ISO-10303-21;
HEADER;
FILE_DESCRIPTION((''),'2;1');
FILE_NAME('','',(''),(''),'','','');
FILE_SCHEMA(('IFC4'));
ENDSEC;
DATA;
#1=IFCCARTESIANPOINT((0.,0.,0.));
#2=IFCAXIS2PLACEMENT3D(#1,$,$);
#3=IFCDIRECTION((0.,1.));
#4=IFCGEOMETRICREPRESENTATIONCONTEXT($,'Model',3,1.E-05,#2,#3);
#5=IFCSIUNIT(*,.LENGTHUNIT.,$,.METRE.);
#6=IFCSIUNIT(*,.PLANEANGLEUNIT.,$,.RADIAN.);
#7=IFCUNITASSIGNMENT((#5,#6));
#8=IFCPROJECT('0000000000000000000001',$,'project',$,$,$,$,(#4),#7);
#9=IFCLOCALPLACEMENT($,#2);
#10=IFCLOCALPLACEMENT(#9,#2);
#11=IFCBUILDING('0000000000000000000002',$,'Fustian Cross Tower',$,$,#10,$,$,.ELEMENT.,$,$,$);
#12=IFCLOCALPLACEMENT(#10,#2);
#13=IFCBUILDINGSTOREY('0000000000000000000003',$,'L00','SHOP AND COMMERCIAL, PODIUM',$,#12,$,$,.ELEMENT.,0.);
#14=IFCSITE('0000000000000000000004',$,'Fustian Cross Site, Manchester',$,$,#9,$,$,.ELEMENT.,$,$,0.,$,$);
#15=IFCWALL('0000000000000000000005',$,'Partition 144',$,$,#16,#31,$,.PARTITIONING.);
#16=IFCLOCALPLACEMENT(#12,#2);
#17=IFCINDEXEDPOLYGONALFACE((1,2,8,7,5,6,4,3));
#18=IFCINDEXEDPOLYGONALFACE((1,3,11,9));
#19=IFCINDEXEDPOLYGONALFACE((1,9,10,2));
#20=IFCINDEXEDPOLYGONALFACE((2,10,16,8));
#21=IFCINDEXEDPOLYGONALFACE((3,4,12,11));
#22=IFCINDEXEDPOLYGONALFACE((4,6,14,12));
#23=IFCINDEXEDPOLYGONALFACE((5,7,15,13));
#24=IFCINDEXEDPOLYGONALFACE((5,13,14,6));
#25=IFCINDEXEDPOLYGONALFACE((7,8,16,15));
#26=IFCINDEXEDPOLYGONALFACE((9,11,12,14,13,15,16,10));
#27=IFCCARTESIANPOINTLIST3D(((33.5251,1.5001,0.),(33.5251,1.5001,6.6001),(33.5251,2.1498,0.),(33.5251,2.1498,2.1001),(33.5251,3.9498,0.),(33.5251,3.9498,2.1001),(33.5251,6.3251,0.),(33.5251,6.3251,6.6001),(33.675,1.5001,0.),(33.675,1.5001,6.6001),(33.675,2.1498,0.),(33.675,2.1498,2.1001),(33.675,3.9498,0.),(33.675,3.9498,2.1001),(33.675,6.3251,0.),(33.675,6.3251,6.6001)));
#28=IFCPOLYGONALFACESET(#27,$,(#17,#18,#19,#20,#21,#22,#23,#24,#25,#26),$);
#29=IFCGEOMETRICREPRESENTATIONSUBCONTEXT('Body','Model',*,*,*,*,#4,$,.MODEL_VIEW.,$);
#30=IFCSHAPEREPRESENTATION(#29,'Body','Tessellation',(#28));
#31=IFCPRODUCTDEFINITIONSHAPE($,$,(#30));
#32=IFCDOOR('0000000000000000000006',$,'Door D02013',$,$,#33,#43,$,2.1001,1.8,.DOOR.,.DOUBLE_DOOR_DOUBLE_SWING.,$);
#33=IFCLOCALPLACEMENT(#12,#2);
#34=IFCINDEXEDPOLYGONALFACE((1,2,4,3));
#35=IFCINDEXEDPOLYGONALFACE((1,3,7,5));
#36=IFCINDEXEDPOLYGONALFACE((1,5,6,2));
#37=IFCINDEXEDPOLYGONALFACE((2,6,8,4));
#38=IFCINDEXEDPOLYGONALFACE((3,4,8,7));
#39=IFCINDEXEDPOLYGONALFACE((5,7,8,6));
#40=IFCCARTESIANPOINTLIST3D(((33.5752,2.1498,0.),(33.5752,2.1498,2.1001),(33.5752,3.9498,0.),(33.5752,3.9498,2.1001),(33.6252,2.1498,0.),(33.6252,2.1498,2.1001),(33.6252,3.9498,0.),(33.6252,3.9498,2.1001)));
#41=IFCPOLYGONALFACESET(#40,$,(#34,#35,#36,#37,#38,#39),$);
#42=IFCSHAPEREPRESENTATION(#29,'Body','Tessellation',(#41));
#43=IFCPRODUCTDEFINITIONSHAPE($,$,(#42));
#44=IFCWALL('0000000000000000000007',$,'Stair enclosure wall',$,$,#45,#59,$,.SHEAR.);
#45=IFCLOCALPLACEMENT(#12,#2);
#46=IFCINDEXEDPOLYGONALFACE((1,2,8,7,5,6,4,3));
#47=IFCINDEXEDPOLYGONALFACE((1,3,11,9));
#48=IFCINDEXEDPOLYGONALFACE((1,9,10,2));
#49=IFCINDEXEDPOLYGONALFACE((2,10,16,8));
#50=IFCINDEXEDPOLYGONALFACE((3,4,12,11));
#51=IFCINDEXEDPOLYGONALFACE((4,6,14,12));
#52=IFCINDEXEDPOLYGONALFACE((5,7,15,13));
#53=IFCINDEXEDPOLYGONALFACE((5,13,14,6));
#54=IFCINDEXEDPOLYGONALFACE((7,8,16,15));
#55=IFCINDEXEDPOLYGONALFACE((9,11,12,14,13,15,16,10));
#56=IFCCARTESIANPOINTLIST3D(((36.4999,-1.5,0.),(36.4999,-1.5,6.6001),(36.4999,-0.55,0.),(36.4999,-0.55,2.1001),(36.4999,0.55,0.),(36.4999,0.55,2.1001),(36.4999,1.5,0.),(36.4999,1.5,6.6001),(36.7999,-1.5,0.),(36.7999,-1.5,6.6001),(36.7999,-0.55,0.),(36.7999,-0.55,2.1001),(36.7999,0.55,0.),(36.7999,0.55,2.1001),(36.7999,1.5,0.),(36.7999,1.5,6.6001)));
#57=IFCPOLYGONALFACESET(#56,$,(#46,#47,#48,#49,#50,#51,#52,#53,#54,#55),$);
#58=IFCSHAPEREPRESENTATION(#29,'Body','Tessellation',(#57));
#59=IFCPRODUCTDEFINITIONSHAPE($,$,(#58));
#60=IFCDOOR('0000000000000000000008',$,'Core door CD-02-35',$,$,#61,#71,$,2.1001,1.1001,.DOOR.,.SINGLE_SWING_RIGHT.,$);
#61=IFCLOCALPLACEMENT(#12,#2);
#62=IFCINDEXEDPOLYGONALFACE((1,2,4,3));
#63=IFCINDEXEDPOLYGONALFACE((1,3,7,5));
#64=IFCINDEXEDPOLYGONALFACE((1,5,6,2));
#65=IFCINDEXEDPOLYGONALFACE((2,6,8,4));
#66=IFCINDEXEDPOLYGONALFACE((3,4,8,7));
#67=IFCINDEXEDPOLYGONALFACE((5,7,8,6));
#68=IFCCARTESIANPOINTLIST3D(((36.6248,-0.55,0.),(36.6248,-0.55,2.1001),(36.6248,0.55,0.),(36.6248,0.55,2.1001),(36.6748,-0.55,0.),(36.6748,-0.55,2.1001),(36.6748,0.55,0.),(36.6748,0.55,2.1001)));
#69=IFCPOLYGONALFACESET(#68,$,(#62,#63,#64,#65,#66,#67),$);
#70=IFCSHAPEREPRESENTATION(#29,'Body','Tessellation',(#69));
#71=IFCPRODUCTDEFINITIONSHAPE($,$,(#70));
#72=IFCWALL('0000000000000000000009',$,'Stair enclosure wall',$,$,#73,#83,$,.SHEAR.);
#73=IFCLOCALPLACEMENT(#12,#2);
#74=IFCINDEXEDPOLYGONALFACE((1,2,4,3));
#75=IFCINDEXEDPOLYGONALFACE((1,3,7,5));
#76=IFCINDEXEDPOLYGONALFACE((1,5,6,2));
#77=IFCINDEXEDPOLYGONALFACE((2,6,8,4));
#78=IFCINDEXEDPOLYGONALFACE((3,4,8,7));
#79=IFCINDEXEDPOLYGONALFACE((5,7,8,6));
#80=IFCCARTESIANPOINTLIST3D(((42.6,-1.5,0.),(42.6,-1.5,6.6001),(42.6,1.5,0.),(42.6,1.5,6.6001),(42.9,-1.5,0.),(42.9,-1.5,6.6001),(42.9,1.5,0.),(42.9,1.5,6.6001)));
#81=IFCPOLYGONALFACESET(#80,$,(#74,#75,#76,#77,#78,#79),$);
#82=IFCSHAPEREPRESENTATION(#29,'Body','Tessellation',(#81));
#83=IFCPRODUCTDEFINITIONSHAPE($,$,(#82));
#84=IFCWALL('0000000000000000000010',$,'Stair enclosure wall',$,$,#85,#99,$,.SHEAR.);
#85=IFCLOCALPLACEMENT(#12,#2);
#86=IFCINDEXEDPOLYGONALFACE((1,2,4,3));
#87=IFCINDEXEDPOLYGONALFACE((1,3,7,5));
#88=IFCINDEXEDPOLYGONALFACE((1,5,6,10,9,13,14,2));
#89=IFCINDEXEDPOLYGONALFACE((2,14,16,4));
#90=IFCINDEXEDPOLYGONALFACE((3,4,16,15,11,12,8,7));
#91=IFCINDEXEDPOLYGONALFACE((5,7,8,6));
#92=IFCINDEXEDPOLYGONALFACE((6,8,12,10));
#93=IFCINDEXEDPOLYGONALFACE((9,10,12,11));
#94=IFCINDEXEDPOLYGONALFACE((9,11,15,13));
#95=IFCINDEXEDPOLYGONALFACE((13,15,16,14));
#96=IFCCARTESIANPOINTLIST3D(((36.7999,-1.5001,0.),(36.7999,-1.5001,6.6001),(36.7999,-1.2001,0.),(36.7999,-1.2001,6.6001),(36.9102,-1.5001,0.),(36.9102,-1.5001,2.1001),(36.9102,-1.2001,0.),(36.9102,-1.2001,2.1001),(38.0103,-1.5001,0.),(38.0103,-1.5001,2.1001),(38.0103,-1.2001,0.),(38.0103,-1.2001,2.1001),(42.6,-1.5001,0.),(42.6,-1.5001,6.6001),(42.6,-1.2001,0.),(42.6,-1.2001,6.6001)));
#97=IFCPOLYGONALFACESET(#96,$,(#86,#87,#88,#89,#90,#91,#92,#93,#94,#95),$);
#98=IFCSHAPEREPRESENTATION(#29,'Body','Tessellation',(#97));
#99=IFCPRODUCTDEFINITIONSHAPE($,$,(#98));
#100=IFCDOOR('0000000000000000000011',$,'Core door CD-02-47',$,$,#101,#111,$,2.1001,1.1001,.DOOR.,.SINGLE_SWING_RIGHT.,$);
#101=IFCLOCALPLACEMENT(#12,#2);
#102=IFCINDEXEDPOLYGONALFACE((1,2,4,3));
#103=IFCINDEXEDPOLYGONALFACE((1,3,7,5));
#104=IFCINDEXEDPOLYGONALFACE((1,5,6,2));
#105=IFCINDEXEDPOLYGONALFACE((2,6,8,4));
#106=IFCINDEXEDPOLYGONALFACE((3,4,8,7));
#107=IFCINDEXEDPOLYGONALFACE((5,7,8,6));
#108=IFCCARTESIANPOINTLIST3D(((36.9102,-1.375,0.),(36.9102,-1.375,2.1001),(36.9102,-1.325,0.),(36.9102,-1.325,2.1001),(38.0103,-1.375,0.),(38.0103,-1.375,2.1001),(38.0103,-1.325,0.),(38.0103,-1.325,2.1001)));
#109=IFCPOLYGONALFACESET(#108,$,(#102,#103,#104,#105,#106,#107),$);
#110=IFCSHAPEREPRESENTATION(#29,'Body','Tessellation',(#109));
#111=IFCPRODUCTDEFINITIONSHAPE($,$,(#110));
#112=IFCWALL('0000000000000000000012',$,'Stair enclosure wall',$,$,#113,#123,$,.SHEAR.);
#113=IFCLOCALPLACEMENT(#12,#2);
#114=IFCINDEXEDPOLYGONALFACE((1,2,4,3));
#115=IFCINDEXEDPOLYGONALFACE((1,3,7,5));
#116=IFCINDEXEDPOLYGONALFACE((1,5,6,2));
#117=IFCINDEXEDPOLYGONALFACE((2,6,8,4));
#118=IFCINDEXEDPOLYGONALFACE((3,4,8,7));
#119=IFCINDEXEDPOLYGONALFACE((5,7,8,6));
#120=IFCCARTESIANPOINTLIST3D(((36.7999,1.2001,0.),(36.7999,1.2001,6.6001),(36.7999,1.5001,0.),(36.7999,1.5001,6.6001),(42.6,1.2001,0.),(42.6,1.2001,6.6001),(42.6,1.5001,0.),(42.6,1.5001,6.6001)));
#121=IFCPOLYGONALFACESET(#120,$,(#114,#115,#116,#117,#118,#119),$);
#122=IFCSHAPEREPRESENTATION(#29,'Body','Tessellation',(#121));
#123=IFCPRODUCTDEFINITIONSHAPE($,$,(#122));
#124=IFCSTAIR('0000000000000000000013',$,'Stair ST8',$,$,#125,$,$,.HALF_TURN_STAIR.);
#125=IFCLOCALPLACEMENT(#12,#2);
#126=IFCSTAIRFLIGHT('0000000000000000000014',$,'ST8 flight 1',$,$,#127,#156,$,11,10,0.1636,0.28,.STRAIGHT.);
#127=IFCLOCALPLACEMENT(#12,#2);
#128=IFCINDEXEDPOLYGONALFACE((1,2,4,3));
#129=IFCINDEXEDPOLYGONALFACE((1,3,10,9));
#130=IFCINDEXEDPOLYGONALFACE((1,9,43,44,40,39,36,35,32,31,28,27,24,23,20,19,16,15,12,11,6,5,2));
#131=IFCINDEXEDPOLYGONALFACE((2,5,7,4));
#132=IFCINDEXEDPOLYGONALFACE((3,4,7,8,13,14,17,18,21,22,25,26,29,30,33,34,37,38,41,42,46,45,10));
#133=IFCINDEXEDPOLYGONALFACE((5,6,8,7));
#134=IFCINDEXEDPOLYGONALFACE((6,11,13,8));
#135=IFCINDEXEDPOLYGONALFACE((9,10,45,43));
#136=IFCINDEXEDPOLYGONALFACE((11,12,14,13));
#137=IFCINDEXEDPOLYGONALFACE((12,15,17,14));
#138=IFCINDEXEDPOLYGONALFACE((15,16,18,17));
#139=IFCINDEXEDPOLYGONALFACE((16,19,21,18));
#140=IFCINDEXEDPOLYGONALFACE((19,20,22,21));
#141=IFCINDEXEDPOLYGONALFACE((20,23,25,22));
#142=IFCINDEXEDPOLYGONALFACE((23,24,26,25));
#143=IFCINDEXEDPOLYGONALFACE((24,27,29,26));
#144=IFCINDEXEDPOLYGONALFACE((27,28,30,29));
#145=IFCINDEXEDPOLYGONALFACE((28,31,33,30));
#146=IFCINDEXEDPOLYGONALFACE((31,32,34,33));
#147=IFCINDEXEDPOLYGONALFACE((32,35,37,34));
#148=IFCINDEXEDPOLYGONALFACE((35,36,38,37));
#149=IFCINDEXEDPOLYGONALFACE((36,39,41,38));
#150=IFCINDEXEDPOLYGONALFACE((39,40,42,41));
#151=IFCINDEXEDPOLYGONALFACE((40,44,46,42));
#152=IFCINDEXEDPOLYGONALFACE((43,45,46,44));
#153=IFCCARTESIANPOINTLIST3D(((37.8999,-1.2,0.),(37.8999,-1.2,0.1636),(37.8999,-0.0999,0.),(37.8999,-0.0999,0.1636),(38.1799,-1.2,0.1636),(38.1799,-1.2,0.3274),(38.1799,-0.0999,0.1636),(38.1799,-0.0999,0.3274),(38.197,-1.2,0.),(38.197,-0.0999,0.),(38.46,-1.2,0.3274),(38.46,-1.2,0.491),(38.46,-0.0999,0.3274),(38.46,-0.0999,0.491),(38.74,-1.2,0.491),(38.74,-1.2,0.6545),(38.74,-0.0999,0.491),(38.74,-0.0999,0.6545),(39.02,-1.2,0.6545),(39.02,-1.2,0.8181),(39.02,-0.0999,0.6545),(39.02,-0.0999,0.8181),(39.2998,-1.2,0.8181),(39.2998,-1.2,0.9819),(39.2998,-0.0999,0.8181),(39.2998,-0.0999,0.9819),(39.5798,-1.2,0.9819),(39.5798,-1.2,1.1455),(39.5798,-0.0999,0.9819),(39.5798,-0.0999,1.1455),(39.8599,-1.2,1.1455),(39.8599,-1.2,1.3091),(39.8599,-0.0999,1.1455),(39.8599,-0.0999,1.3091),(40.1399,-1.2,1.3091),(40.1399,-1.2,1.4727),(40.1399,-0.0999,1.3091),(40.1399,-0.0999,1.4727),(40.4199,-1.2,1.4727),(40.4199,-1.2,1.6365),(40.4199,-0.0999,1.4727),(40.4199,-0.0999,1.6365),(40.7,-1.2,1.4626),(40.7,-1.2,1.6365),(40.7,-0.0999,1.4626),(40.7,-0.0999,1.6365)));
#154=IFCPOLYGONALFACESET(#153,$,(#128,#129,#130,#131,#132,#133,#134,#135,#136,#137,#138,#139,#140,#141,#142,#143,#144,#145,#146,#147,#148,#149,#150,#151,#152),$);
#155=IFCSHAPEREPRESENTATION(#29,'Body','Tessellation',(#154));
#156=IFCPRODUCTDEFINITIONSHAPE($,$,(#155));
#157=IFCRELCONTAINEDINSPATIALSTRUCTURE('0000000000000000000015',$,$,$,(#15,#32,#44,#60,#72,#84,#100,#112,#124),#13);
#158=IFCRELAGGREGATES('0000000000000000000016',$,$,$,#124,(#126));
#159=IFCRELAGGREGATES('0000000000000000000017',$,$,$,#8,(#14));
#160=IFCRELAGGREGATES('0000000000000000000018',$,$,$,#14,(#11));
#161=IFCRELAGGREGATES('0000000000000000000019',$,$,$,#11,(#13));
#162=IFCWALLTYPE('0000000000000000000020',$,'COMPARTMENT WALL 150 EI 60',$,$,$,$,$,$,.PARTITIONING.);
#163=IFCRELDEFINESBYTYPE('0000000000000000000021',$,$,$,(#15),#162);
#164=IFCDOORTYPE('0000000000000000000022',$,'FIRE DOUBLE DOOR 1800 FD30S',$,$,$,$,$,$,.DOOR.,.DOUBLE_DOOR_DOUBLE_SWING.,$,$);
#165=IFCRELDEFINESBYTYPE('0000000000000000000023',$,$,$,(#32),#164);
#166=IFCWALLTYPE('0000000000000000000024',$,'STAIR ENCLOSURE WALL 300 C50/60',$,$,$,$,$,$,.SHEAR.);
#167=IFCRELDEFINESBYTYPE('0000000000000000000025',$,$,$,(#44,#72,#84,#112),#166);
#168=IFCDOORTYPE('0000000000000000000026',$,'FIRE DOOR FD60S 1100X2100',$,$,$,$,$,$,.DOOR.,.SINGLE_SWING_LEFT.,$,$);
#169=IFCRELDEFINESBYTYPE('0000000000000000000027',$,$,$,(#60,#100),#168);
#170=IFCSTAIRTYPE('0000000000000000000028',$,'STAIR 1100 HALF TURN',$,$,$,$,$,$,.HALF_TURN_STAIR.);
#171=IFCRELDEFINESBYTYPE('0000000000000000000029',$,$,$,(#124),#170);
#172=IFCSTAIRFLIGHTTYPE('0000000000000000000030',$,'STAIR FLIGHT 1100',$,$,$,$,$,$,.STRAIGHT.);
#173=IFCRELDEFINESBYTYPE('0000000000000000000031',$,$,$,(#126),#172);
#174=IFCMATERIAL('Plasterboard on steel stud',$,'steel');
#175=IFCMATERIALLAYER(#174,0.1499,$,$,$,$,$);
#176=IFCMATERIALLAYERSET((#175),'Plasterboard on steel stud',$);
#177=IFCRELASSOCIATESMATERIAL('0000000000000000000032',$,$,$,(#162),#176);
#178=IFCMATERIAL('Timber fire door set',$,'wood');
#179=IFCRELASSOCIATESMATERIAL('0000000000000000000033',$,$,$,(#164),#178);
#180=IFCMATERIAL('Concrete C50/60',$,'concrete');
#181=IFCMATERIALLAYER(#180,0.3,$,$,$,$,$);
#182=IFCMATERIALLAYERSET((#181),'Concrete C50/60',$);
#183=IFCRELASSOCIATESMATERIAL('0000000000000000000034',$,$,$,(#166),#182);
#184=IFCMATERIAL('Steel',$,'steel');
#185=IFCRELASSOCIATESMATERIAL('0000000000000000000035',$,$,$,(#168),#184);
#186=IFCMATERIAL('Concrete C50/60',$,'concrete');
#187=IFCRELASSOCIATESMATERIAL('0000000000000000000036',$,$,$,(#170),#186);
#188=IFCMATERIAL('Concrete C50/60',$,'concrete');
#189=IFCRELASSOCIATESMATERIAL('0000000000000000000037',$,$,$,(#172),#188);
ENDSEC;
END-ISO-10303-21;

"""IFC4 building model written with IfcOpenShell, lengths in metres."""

from ifc_helpers import new_model, si_unit, direction, frame, frame_2d, origin, place, context, subcontext, project, spatial, polyline, rectangle, outline, extrude, material, layer, layer_set, type_object, element, fill, aggregate, save


model = new_model("IFC4")

# Units and contexts
model_context = context("Model", 3, precision=1e-05, world=origin(), true_north=direction((0.0, 1.0)))
body_context = subcontext(model_context, "Body", "Model", "MODEL_VIEW")
ifc_project = project(units=[si_unit("LENGTHUNIT", "METRE"), si_unit("PLANEANGLEUNIT", "RADIAN")], contexts=[model_context])

# Site, building, storey
site_placement = place(None, origin())
site = spatial("IfcSite", under=ifc_project, at=site_placement, Name="Fustian Cross Site, Manchester", CompositionType="ELEMENT", RefElevation=0.0)
building_placement = place(site_placement, origin())
building = spatial("IfcBuilding", under=site, at=building_placement, Name="Fustian Cross Tower", CompositionType="ELEMENT")
storey_placement = place(building_placement, origin())
storey = spatial("IfcBuildingStorey", under=building, at=storey_placement, Name="L00", Description="SHOP AND COMMERCIAL, PODIUM", CompositionType="ELEMENT", Elevation=0.0)

# Walls, openings, doors
ifc_material_1 = material(Name="Plasterboard on steel stud", Category="steel")
ifc_layer_1 = layer(ifc_material_1, 0.1499)
ifc_layer_set_1 = layer_set([ifc_layer_1], Name="Plasterboard on steel stud")
wall_type_1 = type_object("IfcWallType", Name="COMPARTMENT WALL 150 EI 60", PredefinedType="PARTITIONING", material=ifc_layer_set_1)
wall_1_placement = place(storey_placement, frame((33.6001, 1.5, 0.0), z_axis=(0.0, 0.0, 1.0), x_axis=(0.0, 1.0, 0.0)))
wall_1 = element("IfcWall", 1, at=wall_1_placement, inside=storey, type_object=wall_type_1, Name="Partition 144", PredefinedType="PARTITIONING", context=body_context, shape_type="SweptSolid", body=[
    extrude(rectangle(XDim=4.825, YDim=0.1499, at=frame_2d((2.4126, 0.0))), origin(), (0.0, 0.0, 1.0), 6.6001),
])
opening_1_placement = place(wall_1_placement, frame((0.6499, 0.0, 0.0)))
opening_1 = element("IfcOpeningElement", 2, at=opening_1_placement, cuts=wall_1, PredefinedType="OPENING", context=body_context, shape_type="SweptSolid", body=[
    extrude(rectangle(XDim=1.8, YDim=2.1001, at=frame_2d((0.8999, 1.05))), frame((0.0, 0.085, 0.0), z_axis=(0.0, -1.0, 0.0), x_axis=(1.0, 0.0, 0.0)), (0.0, 0.0, 1.0), 0.1699),
])
ifc_material_2 = material(Name="Timber fire door set", Category="wood")
door_type_1 = type_object("IfcDoorType", Name="FIRE DOUBLE DOOR 1800 FD30S", OperationType="DOUBLE_DOOR_DOUBLE_SWING", PredefinedType="DOOR", material=ifc_material_2)
door_1_placement = place(opening_1_placement, origin())
door_1 = element("IfcDoor", 3, at=door_1_placement, inside=storey, type_object=door_type_1, Name="Door D02013", OperationType="DOUBLE_DOOR_DOUBLE_SWING", OverallHeight=2.1001, OverallWidth=1.8, PredefinedType="DOOR", context=body_context, shape_type="SweptSolid", body=[
    extrude(rectangle(XDim=1.8, YDim=2.1001, at=frame_2d((0.8999, 1.05))), frame((0.0, 0.0249, 0.0), z_axis=(0.0, -1.0, 0.0), x_axis=(1.0, 0.0, 0.0)), (0.0, 0.0, 1.0), 0.05),
])
fill(opening_1, door_1)
ifc_material_3 = material(Name="Concrete C50/60", Category="concrete")
ifc_layer_2 = layer(ifc_material_3, 0.3)
ifc_layer_set_2 = layer_set([ifc_layer_2], Name="Concrete C50/60")
wall_type_2 = type_object("IfcWallType", Name="STAIR ENCLOSURE WALL 300 C50/60", PredefinedType="SHEAR", material=ifc_layer_set_2)
wall_2_placement = place(storey_placement, frame((36.6499, -1.5, 0.0), z_axis=(0.0, 0.0, 1.0), x_axis=(0.0, 1.0, 0.0)))
wall_2 = element("IfcWall", 4, at=wall_2_placement, inside=storey, type_object=wall_type_2, Name="Stair enclosure wall", PredefinedType="SHEAR", context=body_context, shape_type="SweptSolid", body=[
    extrude(rectangle(XDim=3.0, YDim=0.3, at=frame_2d((1.5, 0.0))), origin(), (0.0, 0.0, 1.0), 6.6001),
])
opening_2_placement = place(wall_2_placement, frame((0.95, 0.0, 0.0)))
opening_2 = element("IfcOpeningElement", 5, at=opening_2_placement, cuts=wall_2, PredefinedType="OPENING", context=body_context, shape_type="SweptSolid", body=[
    extrude(rectangle(XDim=1.1001, YDim=2.1001, at=frame_2d((0.55, 1.05))), frame((0.0, 0.1599, 0.0), z_axis=(0.0, -1.0, 0.0), x_axis=(1.0, 0.0, 0.0)), (0.0, 0.0, 1.0), 0.3201),
])
ifc_material_4 = material(Name="Steel", Category="steel")
door_type_2 = type_object("IfcDoorType", Name="FIRE DOOR FD60S 1100X2100", OperationType="SINGLE_SWING_LEFT", PredefinedType="DOOR", material=ifc_material_4)
door_2_placement = place(opening_2_placement, frame((1.1001, 0.0, 0.0), z_axis=(0.0, 0.0, 1.0), x_axis=(-1.0, 0.0, 0.0)))
door_2 = element("IfcDoor", 6, at=door_2_placement, inside=storey, type_object=door_type_2, Name="Core door CD-02-35", OperationType="SINGLE_SWING_RIGHT", OverallHeight=2.1001, OverallWidth=1.1001, PredefinedType="DOOR", context=body_context, shape_type="SweptSolid", body=[
    extrude(rectangle(XDim=1.1001, YDim=2.1001, at=frame_2d((0.55, 1.05))), frame((0.0, 0.0249, 0.0), z_axis=(0.0, -1.0, 0.0), x_axis=(1.0, 0.0, 0.0)), (0.0, 0.0, 1.0), 0.05),
])
fill(opening_2, door_2)

# Wall
wall_3_placement = place(storey_placement, frame((42.75, -1.5, 0.0), z_axis=(0.0, 0.0, 1.0), x_axis=(0.0, 1.0, 0.0)))
element("IfcWall", 7, at=wall_3_placement, inside=storey, type_object=wall_type_2, Name="Stair enclosure wall", PredefinedType="SHEAR", context=body_context, shape_type="SweptSolid", body=[
    extrude(rectangle(XDim=3.0, YDim=0.3, at=frame_2d((1.5, 0.0))), origin(), (0.0, 0.0, 1.0), 6.6001),
])

# Wall, opening, door
wall_4_placement = place(storey_placement, frame((36.8, -1.3501, 0.0), z_axis=(0.0, 0.0, 1.0), x_axis=(1.0, 0.0, 0.0)))
wall_4 = element("IfcWall", 8, at=wall_4_placement, inside=storey, type_object=wall_type_2, Name="Stair enclosure wall", PredefinedType="SHEAR", context=body_context, shape_type="SweptSolid", body=[
    extrude(rectangle(XDim=5.8, YDim=0.3, at=frame_2d((2.8999, 0.0))), origin(), (0.0, 0.0, 1.0), 6.6001),
])
opening_3_placement = place(wall_4_placement, frame((0.1101, 0.0, 0.0)))
opening_3 = element("IfcOpeningElement", 9, at=opening_3_placement, cuts=wall_4, PredefinedType="OPENING", context=body_context, shape_type="SweptSolid", body=[
    extrude(rectangle(XDim=1.1001, YDim=2.1001, at=frame_2d((0.55, 1.05))), frame((0.0, 0.1599, 0.0), z_axis=(0.0, -1.0, 0.0), x_axis=(1.0, 0.0, 0.0)), (0.0, 0.0, 1.0), 0.3201),
])
door_3_placement = place(opening_3_placement, frame((1.1001, 0.0, 0.0), z_axis=(0.0, 0.0, 1.0), x_axis=(-1.0, 0.0, 0.0)))
door_3 = element("IfcDoor", 10, at=door_3_placement, inside=storey, type_object=door_type_2, Name="Core door CD-02-47", OperationType="SINGLE_SWING_RIGHT", OverallHeight=2.1001, OverallWidth=1.1001, PredefinedType="DOOR", context=body_context, shape_type="SweptSolid", body=[
    extrude(rectangle(XDim=1.1001, YDim=2.1001, at=frame_2d((0.55, 1.05))), frame((0.0, 0.0249, 0.0), z_axis=(0.0, -1.0, 0.0), x_axis=(1.0, 0.0, 0.0)), (0.0, 0.0, 1.0), 0.05),
])
fill(opening_3, door_3)

# Wall
wall_5_placement = place(storey_placement, frame((36.8, 1.3501, 0.0), z_axis=(0.0, 0.0, 1.0), x_axis=(1.0, 0.0, 0.0)))
element("IfcWall", 11, at=wall_5_placement, inside=storey, type_object=wall_type_2, Name="Stair enclosure wall", PredefinedType="SHEAR", context=body_context, shape_type="SweptSolid", body=[
    extrude(rectangle(XDim=5.8, YDim=0.3, at=frame_2d((2.8999, 0.0))), origin(), (0.0, 0.0, 1.0), 6.6001),
])

# Stair, stair flight
ifc_material_5 = material(Name="Concrete C50/60", Category="concrete")
stair_type = type_object("IfcStairType", Name="STAIR 1100 HALF TURN", PredefinedType="HALF_TURN_STAIR", material=ifc_material_5)
stair_placement = place(storey_placement, origin())
stair = element("IfcStair", 12, at=stair_placement, inside=storey, type_object=stair_type, Name="Stair ST8", PredefinedType="HALF_TURN_STAIR")
ifc_material_6 = material(Name="Concrete C50/60", Category="concrete")
stair_flight_type = type_object("IfcStairFlightType", Name="STAIR FLIGHT 1100", PredefinedType="STRAIGHT", material=ifc_material_6)
stair_flight_1_placement = place(storey_placement, frame((37.8999, -0.6499, 0.0), z_axis=(0.0, 0.0, 1.0), x_axis=(1.0, 0.0, 0.0)))
stair_flight_1 = element("IfcStairFlight", 13, at=stair_flight_1_placement, type_object=stair_flight_type, Name="ST8 flight 1", NumberOfRisers=11, NumberOfTreads=10, PredefinedType="STRAIGHT", RiserHeight=0.1636, TreadLength=0.28, context=body_context, shape_type="SweptSolid", body=[
    extrude(outline(polyline([(0.0, 0.0), (0.0, 0.1636), (0.28, 0.1636), (0.28, 0.3274), (0.5601, 0.3274), (0.5601, 0.491), (0.8401, 0.491), (0.8401, 0.6545), (1.1201, 0.6545), (1.1201, 0.8181), (1.3999, 0.8181), (1.3999, 0.9819), (1.6799, 0.9819), (1.6799, 1.1455), (1.96, 1.1455), (1.96, 1.3091), (2.24, 1.3091), (2.24, 1.4727), (2.52, 1.4727), (2.52, 1.6365), (2.8, 1.6365), (2.8, 1.8), (2.8, 1.4626), (0.2971, 0.0), (0.0, 0.0)])), frame((0.0, 0.55, 0.0), z_axis=(0.0, -1.0, 0.0), x_axis=(1.0, 0.0, 0.0)), (0.0, 0.0, 1.0), 1.1001),
])
aggregate(stair, [stair_flight_1])

save(model, "model.ifc")
